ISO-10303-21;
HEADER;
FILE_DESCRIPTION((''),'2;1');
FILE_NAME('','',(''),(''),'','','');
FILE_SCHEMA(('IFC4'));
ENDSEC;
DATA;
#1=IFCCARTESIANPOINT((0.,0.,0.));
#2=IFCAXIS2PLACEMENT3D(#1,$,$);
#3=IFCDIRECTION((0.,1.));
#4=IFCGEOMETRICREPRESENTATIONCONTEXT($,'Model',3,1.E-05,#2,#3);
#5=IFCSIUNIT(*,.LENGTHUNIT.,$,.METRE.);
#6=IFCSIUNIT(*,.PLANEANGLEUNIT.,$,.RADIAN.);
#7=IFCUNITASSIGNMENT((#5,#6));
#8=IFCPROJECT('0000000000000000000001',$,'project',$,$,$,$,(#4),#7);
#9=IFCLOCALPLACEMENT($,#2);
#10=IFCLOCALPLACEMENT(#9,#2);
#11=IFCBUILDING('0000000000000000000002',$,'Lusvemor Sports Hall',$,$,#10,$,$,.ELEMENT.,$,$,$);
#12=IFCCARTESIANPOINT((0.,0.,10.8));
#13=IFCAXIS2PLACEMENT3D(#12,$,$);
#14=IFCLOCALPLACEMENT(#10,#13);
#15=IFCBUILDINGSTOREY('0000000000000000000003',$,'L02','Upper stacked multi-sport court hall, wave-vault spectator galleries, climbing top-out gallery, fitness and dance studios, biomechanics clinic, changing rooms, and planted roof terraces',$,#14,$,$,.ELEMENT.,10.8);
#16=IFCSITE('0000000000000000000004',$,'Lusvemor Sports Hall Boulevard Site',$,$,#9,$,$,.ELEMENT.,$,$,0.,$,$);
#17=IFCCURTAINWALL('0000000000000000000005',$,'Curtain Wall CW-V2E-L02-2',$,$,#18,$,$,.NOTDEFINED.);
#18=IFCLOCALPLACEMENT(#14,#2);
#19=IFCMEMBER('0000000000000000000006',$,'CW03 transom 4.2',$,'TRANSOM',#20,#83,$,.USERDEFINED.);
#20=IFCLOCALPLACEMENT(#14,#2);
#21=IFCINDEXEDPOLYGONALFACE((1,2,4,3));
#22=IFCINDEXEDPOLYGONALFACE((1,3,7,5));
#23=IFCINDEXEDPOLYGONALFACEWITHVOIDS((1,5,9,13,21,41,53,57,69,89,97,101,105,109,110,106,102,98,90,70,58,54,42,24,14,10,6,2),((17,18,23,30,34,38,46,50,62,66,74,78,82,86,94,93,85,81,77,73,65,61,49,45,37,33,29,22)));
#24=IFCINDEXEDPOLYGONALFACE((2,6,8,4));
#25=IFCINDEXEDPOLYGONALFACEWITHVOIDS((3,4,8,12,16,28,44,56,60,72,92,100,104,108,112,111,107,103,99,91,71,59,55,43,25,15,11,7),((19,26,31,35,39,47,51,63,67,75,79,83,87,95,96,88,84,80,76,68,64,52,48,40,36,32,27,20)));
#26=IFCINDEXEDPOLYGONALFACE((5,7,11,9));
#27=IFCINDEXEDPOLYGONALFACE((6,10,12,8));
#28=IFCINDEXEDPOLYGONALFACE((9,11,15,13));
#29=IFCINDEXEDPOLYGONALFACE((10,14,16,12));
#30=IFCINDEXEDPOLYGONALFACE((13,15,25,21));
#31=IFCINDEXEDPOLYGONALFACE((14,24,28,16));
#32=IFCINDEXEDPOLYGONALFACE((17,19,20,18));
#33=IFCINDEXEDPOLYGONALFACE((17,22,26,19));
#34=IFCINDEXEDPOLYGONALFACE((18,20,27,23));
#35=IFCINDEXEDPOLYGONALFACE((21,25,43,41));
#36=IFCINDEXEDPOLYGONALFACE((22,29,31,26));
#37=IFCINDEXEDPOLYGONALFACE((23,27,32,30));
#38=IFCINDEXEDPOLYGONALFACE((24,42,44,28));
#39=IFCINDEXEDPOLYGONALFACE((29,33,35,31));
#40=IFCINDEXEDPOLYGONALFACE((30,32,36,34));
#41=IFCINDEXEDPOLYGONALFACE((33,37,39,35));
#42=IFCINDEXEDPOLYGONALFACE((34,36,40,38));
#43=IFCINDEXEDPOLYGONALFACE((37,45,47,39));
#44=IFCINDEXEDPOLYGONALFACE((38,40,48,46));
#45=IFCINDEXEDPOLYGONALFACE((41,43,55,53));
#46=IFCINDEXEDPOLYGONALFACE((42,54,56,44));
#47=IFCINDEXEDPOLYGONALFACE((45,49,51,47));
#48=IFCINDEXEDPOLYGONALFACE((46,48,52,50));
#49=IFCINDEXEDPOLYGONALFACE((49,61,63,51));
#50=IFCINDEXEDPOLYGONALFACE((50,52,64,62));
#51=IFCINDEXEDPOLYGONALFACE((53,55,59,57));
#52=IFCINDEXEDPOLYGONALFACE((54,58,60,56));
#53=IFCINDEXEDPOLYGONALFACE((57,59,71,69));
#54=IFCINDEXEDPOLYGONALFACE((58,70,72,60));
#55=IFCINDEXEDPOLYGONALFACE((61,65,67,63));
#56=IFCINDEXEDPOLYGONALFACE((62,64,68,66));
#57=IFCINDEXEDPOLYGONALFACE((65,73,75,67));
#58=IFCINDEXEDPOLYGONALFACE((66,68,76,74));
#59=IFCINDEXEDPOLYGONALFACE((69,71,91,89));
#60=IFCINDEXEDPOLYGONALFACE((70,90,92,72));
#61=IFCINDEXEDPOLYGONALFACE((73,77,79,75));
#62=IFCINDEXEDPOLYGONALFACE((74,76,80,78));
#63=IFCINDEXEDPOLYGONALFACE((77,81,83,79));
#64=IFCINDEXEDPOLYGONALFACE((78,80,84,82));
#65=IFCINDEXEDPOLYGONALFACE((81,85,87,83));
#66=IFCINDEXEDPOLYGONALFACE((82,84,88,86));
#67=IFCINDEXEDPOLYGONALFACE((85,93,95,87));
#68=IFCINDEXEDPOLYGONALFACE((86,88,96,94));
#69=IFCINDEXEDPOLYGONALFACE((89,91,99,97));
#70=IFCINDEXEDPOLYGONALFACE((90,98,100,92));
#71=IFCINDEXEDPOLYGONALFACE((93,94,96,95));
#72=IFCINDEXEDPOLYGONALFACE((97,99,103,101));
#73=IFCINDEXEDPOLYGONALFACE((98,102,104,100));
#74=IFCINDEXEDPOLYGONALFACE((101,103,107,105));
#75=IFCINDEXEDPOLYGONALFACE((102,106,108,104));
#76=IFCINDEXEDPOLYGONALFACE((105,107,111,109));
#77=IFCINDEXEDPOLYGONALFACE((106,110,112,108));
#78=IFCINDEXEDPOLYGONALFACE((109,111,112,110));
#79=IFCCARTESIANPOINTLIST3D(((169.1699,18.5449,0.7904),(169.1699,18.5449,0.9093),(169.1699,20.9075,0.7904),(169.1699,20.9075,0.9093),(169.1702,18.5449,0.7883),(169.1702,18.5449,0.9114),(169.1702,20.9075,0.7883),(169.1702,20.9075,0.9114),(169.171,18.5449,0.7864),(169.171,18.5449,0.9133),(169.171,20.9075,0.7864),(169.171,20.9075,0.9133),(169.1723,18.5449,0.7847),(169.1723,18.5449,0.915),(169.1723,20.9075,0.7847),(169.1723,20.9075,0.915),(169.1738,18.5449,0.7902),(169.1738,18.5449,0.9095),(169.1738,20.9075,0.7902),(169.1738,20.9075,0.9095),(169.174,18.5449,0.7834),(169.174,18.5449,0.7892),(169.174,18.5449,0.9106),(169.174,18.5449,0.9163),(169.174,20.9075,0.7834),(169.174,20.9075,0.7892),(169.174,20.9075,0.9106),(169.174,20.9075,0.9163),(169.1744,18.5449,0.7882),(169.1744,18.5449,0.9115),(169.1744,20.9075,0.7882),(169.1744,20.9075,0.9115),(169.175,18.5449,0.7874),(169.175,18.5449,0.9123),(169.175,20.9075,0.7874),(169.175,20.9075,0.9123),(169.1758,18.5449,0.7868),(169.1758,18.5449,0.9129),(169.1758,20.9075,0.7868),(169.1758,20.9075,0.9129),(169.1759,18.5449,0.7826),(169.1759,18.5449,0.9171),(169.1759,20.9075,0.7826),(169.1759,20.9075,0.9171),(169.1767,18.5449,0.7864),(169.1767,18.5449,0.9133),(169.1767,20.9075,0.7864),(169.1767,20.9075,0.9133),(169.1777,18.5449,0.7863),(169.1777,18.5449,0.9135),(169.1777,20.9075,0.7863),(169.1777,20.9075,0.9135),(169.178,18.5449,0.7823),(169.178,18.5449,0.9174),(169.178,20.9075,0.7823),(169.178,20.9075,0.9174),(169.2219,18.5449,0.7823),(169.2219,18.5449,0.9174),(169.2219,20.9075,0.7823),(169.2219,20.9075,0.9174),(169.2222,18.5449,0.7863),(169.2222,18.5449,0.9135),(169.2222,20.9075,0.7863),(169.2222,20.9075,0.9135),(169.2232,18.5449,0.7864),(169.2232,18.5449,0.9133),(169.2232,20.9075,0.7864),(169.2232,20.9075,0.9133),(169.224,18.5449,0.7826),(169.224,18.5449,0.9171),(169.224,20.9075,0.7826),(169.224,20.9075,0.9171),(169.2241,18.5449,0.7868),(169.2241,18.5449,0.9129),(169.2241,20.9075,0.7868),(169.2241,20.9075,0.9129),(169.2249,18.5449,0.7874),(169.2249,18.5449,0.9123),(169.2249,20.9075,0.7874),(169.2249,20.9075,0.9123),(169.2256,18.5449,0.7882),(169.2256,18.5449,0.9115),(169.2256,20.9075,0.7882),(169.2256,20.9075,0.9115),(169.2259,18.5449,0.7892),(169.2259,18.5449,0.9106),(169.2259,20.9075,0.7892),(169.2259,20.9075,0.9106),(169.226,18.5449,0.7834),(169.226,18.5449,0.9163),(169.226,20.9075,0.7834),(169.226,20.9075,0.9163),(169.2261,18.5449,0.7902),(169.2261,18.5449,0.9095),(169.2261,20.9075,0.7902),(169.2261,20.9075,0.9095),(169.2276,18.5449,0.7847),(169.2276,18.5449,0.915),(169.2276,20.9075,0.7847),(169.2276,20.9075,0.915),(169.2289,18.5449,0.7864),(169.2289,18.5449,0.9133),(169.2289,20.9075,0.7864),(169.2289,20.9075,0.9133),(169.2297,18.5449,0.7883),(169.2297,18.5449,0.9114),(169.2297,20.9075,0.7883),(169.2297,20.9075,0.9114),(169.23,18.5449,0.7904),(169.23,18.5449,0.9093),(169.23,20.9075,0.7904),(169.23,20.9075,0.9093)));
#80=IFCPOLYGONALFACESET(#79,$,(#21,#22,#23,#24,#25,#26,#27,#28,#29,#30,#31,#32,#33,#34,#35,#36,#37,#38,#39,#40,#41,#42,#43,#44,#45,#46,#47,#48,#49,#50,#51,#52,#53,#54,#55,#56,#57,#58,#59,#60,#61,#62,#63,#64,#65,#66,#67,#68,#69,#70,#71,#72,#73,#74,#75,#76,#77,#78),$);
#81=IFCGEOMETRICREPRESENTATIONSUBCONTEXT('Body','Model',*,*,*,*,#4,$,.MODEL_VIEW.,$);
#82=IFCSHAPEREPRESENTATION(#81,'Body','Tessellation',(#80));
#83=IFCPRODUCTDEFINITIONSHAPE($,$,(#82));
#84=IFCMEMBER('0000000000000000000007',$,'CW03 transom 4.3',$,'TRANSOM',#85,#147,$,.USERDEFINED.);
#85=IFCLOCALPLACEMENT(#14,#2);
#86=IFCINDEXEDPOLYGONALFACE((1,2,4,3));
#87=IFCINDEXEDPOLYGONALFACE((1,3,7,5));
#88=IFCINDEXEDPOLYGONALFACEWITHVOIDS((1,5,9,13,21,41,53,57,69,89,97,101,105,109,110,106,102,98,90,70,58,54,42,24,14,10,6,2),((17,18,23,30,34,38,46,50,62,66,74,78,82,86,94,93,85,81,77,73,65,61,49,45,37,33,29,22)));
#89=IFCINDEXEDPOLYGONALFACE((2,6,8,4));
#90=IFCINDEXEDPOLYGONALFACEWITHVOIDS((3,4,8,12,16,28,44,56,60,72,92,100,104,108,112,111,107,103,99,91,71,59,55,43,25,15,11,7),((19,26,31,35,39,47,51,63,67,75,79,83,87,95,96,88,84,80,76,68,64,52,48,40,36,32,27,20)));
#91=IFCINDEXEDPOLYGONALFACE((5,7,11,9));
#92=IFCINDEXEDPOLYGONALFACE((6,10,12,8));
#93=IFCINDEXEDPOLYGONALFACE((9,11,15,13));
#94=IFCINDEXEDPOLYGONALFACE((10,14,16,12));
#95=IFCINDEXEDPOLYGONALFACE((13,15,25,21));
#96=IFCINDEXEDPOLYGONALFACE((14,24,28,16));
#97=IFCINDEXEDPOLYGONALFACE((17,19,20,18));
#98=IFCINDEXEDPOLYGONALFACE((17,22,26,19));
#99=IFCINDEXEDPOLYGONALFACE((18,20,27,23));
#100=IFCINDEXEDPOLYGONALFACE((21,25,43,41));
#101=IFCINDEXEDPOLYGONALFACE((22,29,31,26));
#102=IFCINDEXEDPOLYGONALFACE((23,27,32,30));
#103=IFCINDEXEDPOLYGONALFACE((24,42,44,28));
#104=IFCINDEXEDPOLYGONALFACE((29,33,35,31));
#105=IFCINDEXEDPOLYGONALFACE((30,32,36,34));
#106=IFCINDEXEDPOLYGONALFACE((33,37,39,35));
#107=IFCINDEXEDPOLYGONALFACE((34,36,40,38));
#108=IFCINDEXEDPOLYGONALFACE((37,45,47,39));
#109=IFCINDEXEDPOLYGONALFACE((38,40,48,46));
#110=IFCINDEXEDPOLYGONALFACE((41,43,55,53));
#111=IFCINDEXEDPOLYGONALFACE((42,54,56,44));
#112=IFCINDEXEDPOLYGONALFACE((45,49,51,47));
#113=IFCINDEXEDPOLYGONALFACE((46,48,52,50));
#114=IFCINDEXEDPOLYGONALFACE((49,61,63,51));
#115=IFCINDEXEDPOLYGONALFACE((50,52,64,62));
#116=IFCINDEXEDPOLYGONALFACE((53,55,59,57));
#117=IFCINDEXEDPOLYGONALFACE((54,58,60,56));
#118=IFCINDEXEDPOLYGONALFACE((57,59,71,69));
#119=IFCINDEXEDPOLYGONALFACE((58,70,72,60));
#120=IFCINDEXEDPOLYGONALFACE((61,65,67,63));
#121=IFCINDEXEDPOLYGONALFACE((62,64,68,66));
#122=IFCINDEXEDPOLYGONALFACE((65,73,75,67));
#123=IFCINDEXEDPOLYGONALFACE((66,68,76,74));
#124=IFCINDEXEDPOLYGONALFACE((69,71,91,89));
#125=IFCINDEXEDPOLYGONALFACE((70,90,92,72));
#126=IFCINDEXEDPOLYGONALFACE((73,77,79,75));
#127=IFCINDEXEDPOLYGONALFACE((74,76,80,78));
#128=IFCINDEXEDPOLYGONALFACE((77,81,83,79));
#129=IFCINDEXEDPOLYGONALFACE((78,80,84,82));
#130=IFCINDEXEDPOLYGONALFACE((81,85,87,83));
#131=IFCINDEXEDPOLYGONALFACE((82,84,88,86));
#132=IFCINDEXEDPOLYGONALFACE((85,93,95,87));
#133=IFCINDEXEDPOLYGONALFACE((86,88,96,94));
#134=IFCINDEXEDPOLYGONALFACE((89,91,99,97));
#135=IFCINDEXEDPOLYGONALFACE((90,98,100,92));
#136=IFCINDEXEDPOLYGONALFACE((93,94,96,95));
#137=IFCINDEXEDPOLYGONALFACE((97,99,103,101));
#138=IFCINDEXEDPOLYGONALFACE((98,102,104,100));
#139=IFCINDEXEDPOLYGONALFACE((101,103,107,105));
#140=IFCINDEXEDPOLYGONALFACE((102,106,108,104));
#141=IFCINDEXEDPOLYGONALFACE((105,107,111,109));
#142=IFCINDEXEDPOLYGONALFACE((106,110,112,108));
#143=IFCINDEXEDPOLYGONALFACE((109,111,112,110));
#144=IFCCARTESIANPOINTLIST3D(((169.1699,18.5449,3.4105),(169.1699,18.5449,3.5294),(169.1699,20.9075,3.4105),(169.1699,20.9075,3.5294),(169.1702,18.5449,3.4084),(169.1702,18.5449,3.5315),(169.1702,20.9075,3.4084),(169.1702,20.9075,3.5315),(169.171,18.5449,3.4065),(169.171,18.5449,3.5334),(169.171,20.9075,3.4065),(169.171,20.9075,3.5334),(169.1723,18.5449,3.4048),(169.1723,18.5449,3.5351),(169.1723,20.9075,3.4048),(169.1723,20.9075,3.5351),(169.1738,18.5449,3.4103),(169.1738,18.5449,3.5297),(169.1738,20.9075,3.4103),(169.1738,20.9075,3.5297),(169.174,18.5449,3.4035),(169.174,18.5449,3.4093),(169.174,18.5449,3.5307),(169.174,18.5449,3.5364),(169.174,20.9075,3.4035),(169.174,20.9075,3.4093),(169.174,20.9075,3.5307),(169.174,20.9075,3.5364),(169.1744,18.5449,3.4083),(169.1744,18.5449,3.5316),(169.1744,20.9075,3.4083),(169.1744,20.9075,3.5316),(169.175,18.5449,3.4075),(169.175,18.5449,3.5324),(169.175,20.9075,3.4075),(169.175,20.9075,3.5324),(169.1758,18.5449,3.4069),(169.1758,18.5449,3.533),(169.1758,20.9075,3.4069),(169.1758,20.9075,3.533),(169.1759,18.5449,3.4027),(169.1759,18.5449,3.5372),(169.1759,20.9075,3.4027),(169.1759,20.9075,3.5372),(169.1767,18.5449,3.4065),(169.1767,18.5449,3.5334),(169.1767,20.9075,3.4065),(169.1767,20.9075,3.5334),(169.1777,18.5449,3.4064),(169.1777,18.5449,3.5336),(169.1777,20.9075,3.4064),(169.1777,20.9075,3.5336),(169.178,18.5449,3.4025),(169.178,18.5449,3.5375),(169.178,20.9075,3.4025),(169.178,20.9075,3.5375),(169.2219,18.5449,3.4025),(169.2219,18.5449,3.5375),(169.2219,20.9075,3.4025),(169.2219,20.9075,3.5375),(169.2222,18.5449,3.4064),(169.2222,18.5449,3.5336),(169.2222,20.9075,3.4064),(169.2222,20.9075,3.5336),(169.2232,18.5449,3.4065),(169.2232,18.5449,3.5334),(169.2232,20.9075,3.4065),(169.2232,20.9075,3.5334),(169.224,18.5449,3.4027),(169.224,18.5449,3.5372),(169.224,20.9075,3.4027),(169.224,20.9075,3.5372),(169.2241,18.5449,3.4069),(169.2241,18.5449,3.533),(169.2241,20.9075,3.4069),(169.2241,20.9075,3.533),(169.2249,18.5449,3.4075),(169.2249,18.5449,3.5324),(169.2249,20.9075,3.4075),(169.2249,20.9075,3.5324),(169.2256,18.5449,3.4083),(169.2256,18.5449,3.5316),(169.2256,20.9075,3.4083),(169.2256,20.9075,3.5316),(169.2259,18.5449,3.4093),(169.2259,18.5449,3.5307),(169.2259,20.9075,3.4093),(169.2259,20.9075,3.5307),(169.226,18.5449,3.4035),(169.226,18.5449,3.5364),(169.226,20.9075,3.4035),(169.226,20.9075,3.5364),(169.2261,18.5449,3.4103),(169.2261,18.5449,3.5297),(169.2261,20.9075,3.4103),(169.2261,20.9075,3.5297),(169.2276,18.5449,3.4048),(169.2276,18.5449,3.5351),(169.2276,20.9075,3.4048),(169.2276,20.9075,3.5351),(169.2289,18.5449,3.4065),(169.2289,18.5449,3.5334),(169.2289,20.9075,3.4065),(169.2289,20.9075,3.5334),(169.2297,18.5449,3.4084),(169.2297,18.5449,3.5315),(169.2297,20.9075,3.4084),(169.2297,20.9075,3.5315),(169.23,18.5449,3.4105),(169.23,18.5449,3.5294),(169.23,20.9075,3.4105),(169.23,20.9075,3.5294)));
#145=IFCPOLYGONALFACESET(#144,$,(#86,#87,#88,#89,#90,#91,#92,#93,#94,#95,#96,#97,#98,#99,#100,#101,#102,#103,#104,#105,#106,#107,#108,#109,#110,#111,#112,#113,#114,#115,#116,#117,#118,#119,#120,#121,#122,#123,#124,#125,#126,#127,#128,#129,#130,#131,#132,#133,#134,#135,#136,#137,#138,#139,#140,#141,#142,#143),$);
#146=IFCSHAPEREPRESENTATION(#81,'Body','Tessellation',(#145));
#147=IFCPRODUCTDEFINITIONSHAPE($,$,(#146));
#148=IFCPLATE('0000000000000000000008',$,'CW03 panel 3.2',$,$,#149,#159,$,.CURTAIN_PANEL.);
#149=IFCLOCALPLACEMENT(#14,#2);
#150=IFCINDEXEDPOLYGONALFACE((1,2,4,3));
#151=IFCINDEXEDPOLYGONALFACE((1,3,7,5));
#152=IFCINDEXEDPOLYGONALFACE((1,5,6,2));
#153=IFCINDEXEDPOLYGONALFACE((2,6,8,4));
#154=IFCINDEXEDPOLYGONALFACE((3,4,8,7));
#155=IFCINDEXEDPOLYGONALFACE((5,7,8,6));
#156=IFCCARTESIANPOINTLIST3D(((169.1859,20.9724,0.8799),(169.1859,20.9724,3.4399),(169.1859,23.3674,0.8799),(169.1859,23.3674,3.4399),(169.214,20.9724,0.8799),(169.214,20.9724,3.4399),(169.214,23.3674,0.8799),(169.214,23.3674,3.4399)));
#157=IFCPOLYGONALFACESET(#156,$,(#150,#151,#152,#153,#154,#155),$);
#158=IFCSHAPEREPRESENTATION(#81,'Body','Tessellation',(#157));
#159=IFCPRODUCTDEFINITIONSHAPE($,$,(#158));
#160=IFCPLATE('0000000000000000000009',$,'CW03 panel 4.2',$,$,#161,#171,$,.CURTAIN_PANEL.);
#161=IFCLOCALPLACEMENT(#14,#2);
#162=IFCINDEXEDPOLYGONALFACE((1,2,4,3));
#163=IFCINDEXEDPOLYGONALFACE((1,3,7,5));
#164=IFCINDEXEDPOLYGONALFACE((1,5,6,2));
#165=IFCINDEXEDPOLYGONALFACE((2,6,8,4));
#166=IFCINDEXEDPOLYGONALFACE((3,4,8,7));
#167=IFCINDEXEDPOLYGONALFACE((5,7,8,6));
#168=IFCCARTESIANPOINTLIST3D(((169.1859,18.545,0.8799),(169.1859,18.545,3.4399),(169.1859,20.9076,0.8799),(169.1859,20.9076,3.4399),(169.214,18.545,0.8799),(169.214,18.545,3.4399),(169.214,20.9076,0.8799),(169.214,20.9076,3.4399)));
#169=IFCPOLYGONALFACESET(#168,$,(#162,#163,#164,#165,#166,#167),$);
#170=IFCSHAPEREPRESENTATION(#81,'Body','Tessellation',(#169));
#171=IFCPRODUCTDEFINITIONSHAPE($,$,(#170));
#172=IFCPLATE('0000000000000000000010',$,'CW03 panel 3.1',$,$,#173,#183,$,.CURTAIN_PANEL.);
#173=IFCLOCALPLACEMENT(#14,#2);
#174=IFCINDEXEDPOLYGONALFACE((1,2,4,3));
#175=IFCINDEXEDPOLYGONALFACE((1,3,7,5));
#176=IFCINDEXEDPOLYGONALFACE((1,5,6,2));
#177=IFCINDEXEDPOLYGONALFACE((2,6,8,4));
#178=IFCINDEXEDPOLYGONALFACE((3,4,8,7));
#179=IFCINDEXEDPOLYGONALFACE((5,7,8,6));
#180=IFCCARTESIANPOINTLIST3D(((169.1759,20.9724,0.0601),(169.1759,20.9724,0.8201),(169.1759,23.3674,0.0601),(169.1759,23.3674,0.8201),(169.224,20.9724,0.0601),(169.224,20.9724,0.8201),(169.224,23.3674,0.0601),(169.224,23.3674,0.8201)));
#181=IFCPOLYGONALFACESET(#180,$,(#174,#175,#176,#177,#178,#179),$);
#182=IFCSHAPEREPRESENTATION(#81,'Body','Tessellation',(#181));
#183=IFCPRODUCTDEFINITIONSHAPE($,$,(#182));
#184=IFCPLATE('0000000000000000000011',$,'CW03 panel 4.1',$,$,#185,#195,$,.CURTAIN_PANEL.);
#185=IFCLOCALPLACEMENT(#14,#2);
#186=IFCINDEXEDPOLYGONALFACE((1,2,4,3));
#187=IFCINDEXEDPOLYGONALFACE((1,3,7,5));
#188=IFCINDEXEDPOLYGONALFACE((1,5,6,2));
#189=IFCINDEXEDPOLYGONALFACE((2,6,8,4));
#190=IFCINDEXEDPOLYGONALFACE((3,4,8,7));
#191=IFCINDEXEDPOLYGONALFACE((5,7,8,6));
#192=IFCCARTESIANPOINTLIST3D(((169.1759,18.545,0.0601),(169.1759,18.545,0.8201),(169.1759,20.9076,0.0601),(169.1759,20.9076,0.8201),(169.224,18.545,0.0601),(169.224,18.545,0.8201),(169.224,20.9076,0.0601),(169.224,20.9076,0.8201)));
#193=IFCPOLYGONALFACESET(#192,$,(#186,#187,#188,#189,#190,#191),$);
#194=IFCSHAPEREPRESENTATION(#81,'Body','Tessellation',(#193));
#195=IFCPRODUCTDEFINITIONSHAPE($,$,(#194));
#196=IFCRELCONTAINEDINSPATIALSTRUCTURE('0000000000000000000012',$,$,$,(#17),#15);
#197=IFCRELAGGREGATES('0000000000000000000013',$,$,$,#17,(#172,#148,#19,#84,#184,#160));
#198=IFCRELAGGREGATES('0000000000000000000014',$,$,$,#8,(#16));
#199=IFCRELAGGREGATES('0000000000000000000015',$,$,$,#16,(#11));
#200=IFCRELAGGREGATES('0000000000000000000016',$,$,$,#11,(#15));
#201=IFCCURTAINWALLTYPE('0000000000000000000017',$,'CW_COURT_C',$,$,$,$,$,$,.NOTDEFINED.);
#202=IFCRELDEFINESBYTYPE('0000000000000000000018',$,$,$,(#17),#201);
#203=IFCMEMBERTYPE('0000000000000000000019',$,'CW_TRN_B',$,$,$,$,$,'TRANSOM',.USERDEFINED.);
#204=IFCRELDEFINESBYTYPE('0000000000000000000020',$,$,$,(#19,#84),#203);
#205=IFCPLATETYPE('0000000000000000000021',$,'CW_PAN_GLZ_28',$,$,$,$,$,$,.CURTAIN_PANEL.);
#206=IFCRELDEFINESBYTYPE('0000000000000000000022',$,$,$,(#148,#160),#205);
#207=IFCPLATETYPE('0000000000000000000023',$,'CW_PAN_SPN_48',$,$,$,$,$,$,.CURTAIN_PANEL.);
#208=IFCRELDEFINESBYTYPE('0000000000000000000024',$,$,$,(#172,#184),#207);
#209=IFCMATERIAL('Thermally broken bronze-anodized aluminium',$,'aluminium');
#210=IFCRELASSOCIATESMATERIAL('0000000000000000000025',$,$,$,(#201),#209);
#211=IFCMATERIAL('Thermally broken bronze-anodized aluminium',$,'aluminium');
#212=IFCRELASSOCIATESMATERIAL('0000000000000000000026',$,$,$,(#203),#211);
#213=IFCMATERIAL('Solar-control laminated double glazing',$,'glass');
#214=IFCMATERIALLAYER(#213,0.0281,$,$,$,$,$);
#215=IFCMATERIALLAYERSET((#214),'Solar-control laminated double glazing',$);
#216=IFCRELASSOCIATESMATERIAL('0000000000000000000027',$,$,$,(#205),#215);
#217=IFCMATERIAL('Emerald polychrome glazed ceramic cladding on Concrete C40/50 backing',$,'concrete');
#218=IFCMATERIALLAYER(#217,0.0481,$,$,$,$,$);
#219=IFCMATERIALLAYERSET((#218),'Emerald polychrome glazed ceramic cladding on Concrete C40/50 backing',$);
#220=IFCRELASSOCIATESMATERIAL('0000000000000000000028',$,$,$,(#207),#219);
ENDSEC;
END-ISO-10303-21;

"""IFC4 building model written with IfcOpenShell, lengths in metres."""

from ifc_helpers import new_model, si_unit, direction, frame, origin, origin_2d, place, context, subcontext, project, spatial, rectangle, hollow_rectangle, extrude, material, layer, layer_set, material_profile, profile_set, type_object, element, aggregate, save


model = new_model("IFC4")

# Units and contexts
model_context = context("Model", 3, precision=1e-05, world=origin(), true_north=direction((0.0, 1.0)))
body_context = subcontext(model_context, "Body", "Model", "MODEL_VIEW")
ifc_project = project(units=[si_unit("LENGTHUNIT", "METRE"), si_unit("PLANEANGLEUNIT", "RADIAN")], contexts=[model_context])

# Site, building, storey
site_placement = place(None, origin())
site = spatial("IfcSite", under=ifc_project, at=site_placement, Name="Lusvemor Sports Hall Boulevard Site", CompositionType="ELEMENT", RefElevation=0.0)
building_placement = place(site_placement, origin())
building = spatial("IfcBuilding", under=site, at=building_placement, Name="Lusvemor Sports Hall", CompositionType="ELEMENT")
storey_placement = place(building_placement, frame((0.0, 0.0, 10.8)))
storey = spatial("IfcBuildingStorey", under=building, at=storey_placement, Name="L02", Description="Upper stacked multi-sport court hall, wave-vault spectator galleries, climbing top-out gallery, fitness and dance studios, biomechanics clinic, changing rooms, and planted roof terraces", CompositionType="ELEMENT", Elevation=10.8)

# Shared definitions
ifc_material_1 = material(Name="Thermally broken bronze-anodized aluminium", Category="aluminium")
curtain_wall_type = type_object("IfcCurtainWallType", Name="CW_COURT_C", PredefinedType="NOTDEFINED", material=ifc_material_1)

# Curtain wall
curtain_wall_1_placement = place(storey_placement, origin())
curtain_wall_1 = element("IfcCurtainWall", 1, at=curtain_wall_1_placement, inside=storey, type_object=curtain_wall_type, Name="Curtain Wall CW-V2E-L02-2", PredefinedType="NOTDEFINED")

# Members
ifc_material_2 = material(Name="Thermally broken bronze-anodized aluminium", Category="aluminium")
ifc_material_profile_1 = material_profile(ifc_material_2, hollow_rectangle(XDim=0.0601, YDim=0.135, WallThickness=0.0039, InnerFilletRadius=0.0039, OuterFilletRadius=0.0081, at=origin_2d()), Name="CWTRN135x60x4")
ifc_profile_set_1 = profile_set([ifc_material_profile_1], Name="Thermally broken bronze-anodized aluminium")
member_type_1 = type_object("IfcMemberType", Name="CW_TRN_B", ElementType="TRANSOM", PredefinedType="USERDEFINED", material=ifc_profile_set_1)
member_1_placement = place(storey_placement, frame((169.2, 20.9075, 0.8499), z_axis=(0.0, -1.0, 0.0), x_axis=(1.0, 0.0, 0.0)))
member_1 = element("IfcMember", 2, at=member_1_placement, type_object=member_type_1, Name="CW03 transom 4.2", ObjectType="TRANSOM", PredefinedType="USERDEFINED", context=body_context, shape_type="SweptSolid", body=[
    extrude(hollow_rectangle(XDim=0.0601, YDim=0.135, WallThickness=0.0039, InnerFilletRadius=0.0039, OuterFilletRadius=0.0081, at=origin_2d()), origin(), (0.0, 0.0, 1.0), 2.3625),
])
member_2_placement = place(storey_placement, frame((169.2, 20.9075, 3.47), z_axis=(0.0, -1.0, 0.0), x_axis=(1.0, 0.0, 0.0)))
member_2 = element("IfcMember", 3, at=member_2_placement, type_object=member_type_1, Name="CW03 transom 4.3", ObjectType="TRANSOM", PredefinedType="USERDEFINED", context=body_context, shape_type="SweptSolid", body=[
    extrude(hollow_rectangle(XDim=0.0601, YDim=0.135, WallThickness=0.0039, InnerFilletRadius=0.0039, OuterFilletRadius=0.0081, at=origin_2d()), origin(), (0.0, 0.0, 1.0), 2.3625),
])

# Plates
ifc_material_3 = material(Name="Solar-control laminated double glazing", Category="glass")
ifc_layer_1 = layer(ifc_material_3, 0.0281)
ifc_layer_set_1 = layer_set([ifc_layer_1], Name="Solar-control laminated double glazing")
plate_type_1 = type_object("IfcPlateType", Name="CW_PAN_GLZ_28", PredefinedType="CURTAIN_PANEL", material=ifc_layer_set_1)
plate_1_placement = place(storey_placement, frame((169.2, 22.1699, 0.8799), z_axis=(0.0, 0.0, 1.0), x_axis=(0.0, -1.0, 0.0)))
plate_1 = element("IfcPlate", 4, at=plate_1_placement, type_object=plate_type_1, Name="CW03 panel 3.2", PredefinedType="CURTAIN_PANEL", context=body_context, shape_type="SweptSolid", body=[
    extrude(rectangle(XDim=2.395, YDim=0.0281, at=origin_2d()), origin(), (0.0, 0.0, 1.0), 2.5601),
])
plate_2_placement = place(storey_placement, frame((169.2, 19.7263, 0.8799), z_axis=(0.0, 0.0, 1.0), x_axis=(0.0, -1.0, 0.0)))
plate_2 = element("IfcPlate", 5, at=plate_2_placement, type_object=plate_type_1, Name="CW03 panel 4.2", PredefinedType="CURTAIN_PANEL", context=body_context, shape_type="SweptSolid", body=[
    extrude(rectangle(XDim=2.3625, YDim=0.0281, at=origin_2d()), origin(), (0.0, 0.0, 1.0), 2.5601),
])
ifc_material_4 = material(Name="Emerald polychrome glazed ceramic cladding on Concrete C40/50 backing", Category="concrete")
ifc_layer_2 = layer(ifc_material_4, 0.0481)
ifc_layer_set_2 = layer_set([ifc_layer_2], Name="Emerald polychrome glazed ceramic cladding on Concrete C40/50 backing")
plate_type_2 = type_object("IfcPlateType", Name="CW_PAN_SPN_48", PredefinedType="CURTAIN_PANEL", material=ifc_layer_set_2)
plate_3_placement = place(storey_placement, frame((169.2, 22.1699, 0.0601), z_axis=(0.0, 0.0, 1.0), x_axis=(0.0, -1.0, 0.0)))
plate_3 = element("IfcPlate", 6, at=plate_3_placement, type_object=plate_type_2, Name="CW03 panel 3.1", PredefinedType="CURTAIN_PANEL", context=body_context, shape_type="SweptSolid", body=[
    extrude(rectangle(XDim=2.395, YDim=0.0481, at=origin_2d()), origin(), (0.0, 0.0, 1.0), 0.76),
])
plate_4_placement = place(storey_placement, frame((169.2, 19.7263, 0.0601), z_axis=(0.0, 0.0, 1.0), x_axis=(0.0, -1.0, 0.0)))
plate_4 = element("IfcPlate", 7, at=plate_4_placement, type_object=plate_type_2, Name="CW03 panel 4.1", PredefinedType="CURTAIN_PANEL", context=body_context, shape_type="SweptSolid", body=[
    extrude(rectangle(XDim=2.3625, YDim=0.0481, at=origin_2d()), origin(), (0.0, 0.0, 1.0), 0.76),
])
aggregate(curtain_wall_1, [plate_3, plate_1, member_1, member_2, plate_4, plate_2])

save(model, "model.ifc")
